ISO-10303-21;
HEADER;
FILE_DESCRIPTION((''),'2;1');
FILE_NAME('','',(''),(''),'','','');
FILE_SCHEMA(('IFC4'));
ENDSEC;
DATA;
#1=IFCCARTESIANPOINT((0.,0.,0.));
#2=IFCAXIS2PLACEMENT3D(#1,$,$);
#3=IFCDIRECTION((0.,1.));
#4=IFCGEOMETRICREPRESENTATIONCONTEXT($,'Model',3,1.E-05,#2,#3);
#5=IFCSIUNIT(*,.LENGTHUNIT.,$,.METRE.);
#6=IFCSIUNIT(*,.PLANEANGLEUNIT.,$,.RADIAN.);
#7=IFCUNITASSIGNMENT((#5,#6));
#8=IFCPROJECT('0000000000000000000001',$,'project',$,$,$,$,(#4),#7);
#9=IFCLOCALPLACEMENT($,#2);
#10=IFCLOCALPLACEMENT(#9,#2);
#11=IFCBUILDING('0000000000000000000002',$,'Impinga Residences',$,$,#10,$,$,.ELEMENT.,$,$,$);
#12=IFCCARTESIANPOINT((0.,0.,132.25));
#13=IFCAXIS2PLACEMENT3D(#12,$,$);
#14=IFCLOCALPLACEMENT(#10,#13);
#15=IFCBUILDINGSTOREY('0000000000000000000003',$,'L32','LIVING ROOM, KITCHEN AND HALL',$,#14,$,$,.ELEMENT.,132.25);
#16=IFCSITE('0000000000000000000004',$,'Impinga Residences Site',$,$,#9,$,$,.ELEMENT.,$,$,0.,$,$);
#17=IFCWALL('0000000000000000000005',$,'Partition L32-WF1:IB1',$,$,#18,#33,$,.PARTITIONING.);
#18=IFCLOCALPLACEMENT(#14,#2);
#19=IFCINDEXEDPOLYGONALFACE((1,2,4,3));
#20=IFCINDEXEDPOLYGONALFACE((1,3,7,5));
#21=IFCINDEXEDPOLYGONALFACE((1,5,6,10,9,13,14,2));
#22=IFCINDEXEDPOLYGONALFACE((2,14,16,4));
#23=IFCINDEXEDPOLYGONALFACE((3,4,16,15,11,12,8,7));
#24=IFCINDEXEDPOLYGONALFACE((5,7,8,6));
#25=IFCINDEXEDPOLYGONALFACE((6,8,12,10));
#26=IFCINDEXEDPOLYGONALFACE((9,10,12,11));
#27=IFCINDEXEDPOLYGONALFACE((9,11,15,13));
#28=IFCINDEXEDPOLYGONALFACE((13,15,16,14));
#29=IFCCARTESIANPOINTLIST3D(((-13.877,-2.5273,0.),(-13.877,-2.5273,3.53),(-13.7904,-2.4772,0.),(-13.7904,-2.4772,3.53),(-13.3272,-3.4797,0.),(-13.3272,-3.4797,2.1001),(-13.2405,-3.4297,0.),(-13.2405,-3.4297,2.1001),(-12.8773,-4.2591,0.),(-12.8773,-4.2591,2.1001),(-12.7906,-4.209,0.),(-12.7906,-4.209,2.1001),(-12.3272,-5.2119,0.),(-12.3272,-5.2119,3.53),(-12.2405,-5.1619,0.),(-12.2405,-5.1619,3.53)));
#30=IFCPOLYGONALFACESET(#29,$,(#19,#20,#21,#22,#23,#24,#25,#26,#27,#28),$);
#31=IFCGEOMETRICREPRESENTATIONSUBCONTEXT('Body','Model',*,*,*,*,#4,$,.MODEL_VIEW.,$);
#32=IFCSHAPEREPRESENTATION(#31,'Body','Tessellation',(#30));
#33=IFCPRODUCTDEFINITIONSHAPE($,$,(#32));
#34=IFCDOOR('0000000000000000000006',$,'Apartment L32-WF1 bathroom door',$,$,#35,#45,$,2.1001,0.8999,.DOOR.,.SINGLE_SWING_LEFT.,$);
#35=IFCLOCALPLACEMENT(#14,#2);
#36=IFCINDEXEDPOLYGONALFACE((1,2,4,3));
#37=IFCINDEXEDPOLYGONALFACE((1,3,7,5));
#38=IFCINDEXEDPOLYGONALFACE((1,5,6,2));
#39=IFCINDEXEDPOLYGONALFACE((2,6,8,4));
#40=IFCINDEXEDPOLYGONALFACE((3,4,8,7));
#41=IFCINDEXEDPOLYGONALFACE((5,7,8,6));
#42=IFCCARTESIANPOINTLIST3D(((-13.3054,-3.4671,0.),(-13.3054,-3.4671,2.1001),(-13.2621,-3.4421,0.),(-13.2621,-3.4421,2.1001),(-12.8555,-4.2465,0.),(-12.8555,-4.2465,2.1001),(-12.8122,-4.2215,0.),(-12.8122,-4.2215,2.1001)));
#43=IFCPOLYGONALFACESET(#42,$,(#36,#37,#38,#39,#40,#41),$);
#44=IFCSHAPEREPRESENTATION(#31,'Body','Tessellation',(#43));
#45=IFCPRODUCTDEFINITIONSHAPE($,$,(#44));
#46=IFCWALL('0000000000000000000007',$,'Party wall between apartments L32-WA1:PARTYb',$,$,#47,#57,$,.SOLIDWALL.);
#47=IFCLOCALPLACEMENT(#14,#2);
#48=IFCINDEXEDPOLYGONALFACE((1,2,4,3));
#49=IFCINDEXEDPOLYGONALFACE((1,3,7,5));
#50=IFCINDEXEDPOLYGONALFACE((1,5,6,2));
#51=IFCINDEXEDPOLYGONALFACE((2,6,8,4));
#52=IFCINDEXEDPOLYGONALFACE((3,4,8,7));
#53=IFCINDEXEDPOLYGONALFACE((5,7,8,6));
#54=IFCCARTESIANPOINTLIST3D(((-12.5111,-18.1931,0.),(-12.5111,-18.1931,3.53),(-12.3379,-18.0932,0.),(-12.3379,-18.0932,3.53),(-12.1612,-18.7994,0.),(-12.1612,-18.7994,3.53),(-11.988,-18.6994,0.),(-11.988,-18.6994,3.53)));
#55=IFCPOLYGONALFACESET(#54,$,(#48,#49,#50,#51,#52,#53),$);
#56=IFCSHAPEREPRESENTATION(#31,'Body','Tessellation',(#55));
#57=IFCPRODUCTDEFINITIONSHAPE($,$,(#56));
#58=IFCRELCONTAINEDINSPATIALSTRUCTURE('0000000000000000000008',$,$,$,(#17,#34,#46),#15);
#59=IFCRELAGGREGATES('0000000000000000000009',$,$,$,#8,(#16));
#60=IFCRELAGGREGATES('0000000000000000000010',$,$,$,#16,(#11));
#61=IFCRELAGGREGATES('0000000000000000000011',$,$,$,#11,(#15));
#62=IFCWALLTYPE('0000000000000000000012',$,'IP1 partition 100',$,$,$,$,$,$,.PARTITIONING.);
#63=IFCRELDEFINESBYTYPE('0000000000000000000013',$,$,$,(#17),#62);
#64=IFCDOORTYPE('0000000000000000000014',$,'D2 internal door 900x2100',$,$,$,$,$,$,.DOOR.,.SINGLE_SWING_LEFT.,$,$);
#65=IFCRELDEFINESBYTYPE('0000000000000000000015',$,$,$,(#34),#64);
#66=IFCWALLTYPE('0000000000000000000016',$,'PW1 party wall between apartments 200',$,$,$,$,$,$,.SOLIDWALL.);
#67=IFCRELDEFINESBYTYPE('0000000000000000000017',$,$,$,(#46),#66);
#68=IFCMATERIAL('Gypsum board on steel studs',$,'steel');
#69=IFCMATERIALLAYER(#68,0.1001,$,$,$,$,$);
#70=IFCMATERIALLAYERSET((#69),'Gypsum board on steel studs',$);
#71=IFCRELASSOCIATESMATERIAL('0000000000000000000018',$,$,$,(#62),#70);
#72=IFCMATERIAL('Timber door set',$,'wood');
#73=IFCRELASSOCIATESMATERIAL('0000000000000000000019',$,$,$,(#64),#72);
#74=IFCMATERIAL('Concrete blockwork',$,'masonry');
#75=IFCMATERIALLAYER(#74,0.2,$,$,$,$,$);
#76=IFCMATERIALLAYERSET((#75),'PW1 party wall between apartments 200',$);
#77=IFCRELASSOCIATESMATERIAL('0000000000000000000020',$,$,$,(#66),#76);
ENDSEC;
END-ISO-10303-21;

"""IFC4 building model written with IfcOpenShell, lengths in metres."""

from ifc_helpers import new_model, si_unit, direction, frame, frame_2d, origin, place, context, subcontext, project, spatial, rectangle, extrude, material, layer, layer_set, type_object, element, fill, save


model = new_model("IFC4")

# Units and contexts
model_context = context("Model", 3, precision=1e-05, world=origin(), true_north=direction((0.0, 1.0)))
body_context = subcontext(model_context, "Body", "Model", "MODEL_VIEW")
ifc_project = project(units=[si_unit("LENGTHUNIT", "METRE"), si_unit("PLANEANGLEUNIT", "RADIAN")], contexts=[model_context])

# Site, building, storey
site_placement = place(None, origin())
site = spatial("IfcSite", under=ifc_project, at=site_placement, Name="Impinga Residences Site", CompositionType="ELEMENT", RefElevation=0.0)
building_placement = place(site_placement, origin())
building = spatial("IfcBuilding", under=site, at=building_placement, Name="Impinga Residences", CompositionType="ELEMENT")
storey_placement = place(building_placement, frame((0.0, 0.0, 132.25)))
storey = spatial("IfcBuildingStorey", under=building, at=storey_placement, Name="L32", Description="LIVING ROOM, KITCHEN AND HALL", CompositionType="ELEMENT", Elevation=132.25)

# Shared definitions
ifc_material_1 = material(Name="Timber door set", Category="wood")

# Shared definitions
ifc_material_2 = material(Name="Gypsum board on steel studs", Category="steel")
ifc_layer_1 = layer(ifc_material_2, 0.1001)
ifc_layer_set_1 = layer_set([ifc_layer_1], Name="Gypsum board on steel studs")
wall_type_1 = type_object("IfcWallType", Name="IP1 partition 100", PredefinedType="PARTITIONING", material=ifc_layer_set_1)

# Shared definitions
door_type_1 = type_object("IfcDoorType", Name="D2 internal door 900x2100", OperationType="SINGLE_SWING_LEFT", PredefinedType="DOOR", material=ifc_material_1)

# Wall, opening, door
wall_1_placement = place(storey_placement, frame((-12.2839, -5.1868, 0.0), z_axis=(0.0, 0.0, 1.0), x_axis=(-0.499968, 0.866044, 0.0)))
wall_1 = element("IfcWall", 1, at=wall_1_placement, inside=storey, type_object=wall_type_1, Name="Partition L32-WF1:IB1", PredefinedType="PARTITIONING", context=body_context, shape_type="SweptSolid", body=[
    extrude(rectangle(XDim=3.0999, YDim=0.1001, at=frame_2d((1.5498, 0.0))), origin(), (0.0, 0.0, 1.0), 3.53),
])
opening_1_placement = place(wall_1_placement, frame((1.1001, 0.0, 0.0)))
opening_1 = element("IfcOpeningElement", 2, at=opening_1_placement, cuts=wall_1, PredefinedType="OPENING", context=body_context, shape_type="SweptSolid", body=[
    extrude(rectangle(XDim=0.8999, YDim=2.1001, at=frame_2d((0.45, 1.05))), frame((0.0, 0.0601, 0.0), z_axis=(0.0, -1.0, 0.0), x_axis=(1.0, 0.0, 0.0)), (0.0, 0.0, 1.0), 0.1201),
])
door_1_placement = place(opening_1_placement, origin())
door_1 = element("IfcDoor", 3, at=door_1_placement, inside=storey, type_object=door_type_1, Name="Apartment L32-WF1 bathroom door", OperationType="SINGLE_SWING_LEFT", OverallHeight=2.1001, OverallWidth=0.8999, PredefinedType="DOOR", context=body_context, shape_type="SweptSolid", body=[
    extrude(rectangle(XDim=0.8999, YDim=2.1001, at=frame_2d((0.45, 1.05))), frame((0.0, 0.0249, 0.0), z_axis=(0.0, -1.0, 0.0), x_axis=(1.0, 0.0, 0.0)), (0.0, 0.0, 1.0), 0.05),
])
fill(opening_1, door_1)

# Wall
ifc_material_3 = material(Name="Concrete blockwork", Category="masonry")
ifc_layer_2 = layer(ifc_material_3, 0.2)
ifc_layer_set_2 = layer_set([ifc_layer_2], Name="PW1 party wall between apartments 200")
wall_type_2 = type_object("IfcWallType", Name="PW1 party wall between apartments 200", PredefinedType="SOLIDWALL", material=ifc_layer_set_2)
wall_2_placement = place(storey_placement, frame((-12.4246, -18.1431, 0.0), z_axis=(0.0, 0.0, 1.0), x_axis=(0.499853, -0.86611, 0.0)))
element("IfcWall", 4, at=wall_2_placement, inside=storey, type_object=wall_type_2, Name="Party wall between apartments L32-WA1:PARTYb", PredefinedType="SOLIDWALL", context=body_context, shape_type="SweptSolid", body=[
    extrude(rectangle(XDim=0.7, YDim=0.2, at=frame_2d((0.3501, 0.0))), origin(), (0.0, 0.0, 1.0), 3.53),
])

save(model, "model.ifc")
